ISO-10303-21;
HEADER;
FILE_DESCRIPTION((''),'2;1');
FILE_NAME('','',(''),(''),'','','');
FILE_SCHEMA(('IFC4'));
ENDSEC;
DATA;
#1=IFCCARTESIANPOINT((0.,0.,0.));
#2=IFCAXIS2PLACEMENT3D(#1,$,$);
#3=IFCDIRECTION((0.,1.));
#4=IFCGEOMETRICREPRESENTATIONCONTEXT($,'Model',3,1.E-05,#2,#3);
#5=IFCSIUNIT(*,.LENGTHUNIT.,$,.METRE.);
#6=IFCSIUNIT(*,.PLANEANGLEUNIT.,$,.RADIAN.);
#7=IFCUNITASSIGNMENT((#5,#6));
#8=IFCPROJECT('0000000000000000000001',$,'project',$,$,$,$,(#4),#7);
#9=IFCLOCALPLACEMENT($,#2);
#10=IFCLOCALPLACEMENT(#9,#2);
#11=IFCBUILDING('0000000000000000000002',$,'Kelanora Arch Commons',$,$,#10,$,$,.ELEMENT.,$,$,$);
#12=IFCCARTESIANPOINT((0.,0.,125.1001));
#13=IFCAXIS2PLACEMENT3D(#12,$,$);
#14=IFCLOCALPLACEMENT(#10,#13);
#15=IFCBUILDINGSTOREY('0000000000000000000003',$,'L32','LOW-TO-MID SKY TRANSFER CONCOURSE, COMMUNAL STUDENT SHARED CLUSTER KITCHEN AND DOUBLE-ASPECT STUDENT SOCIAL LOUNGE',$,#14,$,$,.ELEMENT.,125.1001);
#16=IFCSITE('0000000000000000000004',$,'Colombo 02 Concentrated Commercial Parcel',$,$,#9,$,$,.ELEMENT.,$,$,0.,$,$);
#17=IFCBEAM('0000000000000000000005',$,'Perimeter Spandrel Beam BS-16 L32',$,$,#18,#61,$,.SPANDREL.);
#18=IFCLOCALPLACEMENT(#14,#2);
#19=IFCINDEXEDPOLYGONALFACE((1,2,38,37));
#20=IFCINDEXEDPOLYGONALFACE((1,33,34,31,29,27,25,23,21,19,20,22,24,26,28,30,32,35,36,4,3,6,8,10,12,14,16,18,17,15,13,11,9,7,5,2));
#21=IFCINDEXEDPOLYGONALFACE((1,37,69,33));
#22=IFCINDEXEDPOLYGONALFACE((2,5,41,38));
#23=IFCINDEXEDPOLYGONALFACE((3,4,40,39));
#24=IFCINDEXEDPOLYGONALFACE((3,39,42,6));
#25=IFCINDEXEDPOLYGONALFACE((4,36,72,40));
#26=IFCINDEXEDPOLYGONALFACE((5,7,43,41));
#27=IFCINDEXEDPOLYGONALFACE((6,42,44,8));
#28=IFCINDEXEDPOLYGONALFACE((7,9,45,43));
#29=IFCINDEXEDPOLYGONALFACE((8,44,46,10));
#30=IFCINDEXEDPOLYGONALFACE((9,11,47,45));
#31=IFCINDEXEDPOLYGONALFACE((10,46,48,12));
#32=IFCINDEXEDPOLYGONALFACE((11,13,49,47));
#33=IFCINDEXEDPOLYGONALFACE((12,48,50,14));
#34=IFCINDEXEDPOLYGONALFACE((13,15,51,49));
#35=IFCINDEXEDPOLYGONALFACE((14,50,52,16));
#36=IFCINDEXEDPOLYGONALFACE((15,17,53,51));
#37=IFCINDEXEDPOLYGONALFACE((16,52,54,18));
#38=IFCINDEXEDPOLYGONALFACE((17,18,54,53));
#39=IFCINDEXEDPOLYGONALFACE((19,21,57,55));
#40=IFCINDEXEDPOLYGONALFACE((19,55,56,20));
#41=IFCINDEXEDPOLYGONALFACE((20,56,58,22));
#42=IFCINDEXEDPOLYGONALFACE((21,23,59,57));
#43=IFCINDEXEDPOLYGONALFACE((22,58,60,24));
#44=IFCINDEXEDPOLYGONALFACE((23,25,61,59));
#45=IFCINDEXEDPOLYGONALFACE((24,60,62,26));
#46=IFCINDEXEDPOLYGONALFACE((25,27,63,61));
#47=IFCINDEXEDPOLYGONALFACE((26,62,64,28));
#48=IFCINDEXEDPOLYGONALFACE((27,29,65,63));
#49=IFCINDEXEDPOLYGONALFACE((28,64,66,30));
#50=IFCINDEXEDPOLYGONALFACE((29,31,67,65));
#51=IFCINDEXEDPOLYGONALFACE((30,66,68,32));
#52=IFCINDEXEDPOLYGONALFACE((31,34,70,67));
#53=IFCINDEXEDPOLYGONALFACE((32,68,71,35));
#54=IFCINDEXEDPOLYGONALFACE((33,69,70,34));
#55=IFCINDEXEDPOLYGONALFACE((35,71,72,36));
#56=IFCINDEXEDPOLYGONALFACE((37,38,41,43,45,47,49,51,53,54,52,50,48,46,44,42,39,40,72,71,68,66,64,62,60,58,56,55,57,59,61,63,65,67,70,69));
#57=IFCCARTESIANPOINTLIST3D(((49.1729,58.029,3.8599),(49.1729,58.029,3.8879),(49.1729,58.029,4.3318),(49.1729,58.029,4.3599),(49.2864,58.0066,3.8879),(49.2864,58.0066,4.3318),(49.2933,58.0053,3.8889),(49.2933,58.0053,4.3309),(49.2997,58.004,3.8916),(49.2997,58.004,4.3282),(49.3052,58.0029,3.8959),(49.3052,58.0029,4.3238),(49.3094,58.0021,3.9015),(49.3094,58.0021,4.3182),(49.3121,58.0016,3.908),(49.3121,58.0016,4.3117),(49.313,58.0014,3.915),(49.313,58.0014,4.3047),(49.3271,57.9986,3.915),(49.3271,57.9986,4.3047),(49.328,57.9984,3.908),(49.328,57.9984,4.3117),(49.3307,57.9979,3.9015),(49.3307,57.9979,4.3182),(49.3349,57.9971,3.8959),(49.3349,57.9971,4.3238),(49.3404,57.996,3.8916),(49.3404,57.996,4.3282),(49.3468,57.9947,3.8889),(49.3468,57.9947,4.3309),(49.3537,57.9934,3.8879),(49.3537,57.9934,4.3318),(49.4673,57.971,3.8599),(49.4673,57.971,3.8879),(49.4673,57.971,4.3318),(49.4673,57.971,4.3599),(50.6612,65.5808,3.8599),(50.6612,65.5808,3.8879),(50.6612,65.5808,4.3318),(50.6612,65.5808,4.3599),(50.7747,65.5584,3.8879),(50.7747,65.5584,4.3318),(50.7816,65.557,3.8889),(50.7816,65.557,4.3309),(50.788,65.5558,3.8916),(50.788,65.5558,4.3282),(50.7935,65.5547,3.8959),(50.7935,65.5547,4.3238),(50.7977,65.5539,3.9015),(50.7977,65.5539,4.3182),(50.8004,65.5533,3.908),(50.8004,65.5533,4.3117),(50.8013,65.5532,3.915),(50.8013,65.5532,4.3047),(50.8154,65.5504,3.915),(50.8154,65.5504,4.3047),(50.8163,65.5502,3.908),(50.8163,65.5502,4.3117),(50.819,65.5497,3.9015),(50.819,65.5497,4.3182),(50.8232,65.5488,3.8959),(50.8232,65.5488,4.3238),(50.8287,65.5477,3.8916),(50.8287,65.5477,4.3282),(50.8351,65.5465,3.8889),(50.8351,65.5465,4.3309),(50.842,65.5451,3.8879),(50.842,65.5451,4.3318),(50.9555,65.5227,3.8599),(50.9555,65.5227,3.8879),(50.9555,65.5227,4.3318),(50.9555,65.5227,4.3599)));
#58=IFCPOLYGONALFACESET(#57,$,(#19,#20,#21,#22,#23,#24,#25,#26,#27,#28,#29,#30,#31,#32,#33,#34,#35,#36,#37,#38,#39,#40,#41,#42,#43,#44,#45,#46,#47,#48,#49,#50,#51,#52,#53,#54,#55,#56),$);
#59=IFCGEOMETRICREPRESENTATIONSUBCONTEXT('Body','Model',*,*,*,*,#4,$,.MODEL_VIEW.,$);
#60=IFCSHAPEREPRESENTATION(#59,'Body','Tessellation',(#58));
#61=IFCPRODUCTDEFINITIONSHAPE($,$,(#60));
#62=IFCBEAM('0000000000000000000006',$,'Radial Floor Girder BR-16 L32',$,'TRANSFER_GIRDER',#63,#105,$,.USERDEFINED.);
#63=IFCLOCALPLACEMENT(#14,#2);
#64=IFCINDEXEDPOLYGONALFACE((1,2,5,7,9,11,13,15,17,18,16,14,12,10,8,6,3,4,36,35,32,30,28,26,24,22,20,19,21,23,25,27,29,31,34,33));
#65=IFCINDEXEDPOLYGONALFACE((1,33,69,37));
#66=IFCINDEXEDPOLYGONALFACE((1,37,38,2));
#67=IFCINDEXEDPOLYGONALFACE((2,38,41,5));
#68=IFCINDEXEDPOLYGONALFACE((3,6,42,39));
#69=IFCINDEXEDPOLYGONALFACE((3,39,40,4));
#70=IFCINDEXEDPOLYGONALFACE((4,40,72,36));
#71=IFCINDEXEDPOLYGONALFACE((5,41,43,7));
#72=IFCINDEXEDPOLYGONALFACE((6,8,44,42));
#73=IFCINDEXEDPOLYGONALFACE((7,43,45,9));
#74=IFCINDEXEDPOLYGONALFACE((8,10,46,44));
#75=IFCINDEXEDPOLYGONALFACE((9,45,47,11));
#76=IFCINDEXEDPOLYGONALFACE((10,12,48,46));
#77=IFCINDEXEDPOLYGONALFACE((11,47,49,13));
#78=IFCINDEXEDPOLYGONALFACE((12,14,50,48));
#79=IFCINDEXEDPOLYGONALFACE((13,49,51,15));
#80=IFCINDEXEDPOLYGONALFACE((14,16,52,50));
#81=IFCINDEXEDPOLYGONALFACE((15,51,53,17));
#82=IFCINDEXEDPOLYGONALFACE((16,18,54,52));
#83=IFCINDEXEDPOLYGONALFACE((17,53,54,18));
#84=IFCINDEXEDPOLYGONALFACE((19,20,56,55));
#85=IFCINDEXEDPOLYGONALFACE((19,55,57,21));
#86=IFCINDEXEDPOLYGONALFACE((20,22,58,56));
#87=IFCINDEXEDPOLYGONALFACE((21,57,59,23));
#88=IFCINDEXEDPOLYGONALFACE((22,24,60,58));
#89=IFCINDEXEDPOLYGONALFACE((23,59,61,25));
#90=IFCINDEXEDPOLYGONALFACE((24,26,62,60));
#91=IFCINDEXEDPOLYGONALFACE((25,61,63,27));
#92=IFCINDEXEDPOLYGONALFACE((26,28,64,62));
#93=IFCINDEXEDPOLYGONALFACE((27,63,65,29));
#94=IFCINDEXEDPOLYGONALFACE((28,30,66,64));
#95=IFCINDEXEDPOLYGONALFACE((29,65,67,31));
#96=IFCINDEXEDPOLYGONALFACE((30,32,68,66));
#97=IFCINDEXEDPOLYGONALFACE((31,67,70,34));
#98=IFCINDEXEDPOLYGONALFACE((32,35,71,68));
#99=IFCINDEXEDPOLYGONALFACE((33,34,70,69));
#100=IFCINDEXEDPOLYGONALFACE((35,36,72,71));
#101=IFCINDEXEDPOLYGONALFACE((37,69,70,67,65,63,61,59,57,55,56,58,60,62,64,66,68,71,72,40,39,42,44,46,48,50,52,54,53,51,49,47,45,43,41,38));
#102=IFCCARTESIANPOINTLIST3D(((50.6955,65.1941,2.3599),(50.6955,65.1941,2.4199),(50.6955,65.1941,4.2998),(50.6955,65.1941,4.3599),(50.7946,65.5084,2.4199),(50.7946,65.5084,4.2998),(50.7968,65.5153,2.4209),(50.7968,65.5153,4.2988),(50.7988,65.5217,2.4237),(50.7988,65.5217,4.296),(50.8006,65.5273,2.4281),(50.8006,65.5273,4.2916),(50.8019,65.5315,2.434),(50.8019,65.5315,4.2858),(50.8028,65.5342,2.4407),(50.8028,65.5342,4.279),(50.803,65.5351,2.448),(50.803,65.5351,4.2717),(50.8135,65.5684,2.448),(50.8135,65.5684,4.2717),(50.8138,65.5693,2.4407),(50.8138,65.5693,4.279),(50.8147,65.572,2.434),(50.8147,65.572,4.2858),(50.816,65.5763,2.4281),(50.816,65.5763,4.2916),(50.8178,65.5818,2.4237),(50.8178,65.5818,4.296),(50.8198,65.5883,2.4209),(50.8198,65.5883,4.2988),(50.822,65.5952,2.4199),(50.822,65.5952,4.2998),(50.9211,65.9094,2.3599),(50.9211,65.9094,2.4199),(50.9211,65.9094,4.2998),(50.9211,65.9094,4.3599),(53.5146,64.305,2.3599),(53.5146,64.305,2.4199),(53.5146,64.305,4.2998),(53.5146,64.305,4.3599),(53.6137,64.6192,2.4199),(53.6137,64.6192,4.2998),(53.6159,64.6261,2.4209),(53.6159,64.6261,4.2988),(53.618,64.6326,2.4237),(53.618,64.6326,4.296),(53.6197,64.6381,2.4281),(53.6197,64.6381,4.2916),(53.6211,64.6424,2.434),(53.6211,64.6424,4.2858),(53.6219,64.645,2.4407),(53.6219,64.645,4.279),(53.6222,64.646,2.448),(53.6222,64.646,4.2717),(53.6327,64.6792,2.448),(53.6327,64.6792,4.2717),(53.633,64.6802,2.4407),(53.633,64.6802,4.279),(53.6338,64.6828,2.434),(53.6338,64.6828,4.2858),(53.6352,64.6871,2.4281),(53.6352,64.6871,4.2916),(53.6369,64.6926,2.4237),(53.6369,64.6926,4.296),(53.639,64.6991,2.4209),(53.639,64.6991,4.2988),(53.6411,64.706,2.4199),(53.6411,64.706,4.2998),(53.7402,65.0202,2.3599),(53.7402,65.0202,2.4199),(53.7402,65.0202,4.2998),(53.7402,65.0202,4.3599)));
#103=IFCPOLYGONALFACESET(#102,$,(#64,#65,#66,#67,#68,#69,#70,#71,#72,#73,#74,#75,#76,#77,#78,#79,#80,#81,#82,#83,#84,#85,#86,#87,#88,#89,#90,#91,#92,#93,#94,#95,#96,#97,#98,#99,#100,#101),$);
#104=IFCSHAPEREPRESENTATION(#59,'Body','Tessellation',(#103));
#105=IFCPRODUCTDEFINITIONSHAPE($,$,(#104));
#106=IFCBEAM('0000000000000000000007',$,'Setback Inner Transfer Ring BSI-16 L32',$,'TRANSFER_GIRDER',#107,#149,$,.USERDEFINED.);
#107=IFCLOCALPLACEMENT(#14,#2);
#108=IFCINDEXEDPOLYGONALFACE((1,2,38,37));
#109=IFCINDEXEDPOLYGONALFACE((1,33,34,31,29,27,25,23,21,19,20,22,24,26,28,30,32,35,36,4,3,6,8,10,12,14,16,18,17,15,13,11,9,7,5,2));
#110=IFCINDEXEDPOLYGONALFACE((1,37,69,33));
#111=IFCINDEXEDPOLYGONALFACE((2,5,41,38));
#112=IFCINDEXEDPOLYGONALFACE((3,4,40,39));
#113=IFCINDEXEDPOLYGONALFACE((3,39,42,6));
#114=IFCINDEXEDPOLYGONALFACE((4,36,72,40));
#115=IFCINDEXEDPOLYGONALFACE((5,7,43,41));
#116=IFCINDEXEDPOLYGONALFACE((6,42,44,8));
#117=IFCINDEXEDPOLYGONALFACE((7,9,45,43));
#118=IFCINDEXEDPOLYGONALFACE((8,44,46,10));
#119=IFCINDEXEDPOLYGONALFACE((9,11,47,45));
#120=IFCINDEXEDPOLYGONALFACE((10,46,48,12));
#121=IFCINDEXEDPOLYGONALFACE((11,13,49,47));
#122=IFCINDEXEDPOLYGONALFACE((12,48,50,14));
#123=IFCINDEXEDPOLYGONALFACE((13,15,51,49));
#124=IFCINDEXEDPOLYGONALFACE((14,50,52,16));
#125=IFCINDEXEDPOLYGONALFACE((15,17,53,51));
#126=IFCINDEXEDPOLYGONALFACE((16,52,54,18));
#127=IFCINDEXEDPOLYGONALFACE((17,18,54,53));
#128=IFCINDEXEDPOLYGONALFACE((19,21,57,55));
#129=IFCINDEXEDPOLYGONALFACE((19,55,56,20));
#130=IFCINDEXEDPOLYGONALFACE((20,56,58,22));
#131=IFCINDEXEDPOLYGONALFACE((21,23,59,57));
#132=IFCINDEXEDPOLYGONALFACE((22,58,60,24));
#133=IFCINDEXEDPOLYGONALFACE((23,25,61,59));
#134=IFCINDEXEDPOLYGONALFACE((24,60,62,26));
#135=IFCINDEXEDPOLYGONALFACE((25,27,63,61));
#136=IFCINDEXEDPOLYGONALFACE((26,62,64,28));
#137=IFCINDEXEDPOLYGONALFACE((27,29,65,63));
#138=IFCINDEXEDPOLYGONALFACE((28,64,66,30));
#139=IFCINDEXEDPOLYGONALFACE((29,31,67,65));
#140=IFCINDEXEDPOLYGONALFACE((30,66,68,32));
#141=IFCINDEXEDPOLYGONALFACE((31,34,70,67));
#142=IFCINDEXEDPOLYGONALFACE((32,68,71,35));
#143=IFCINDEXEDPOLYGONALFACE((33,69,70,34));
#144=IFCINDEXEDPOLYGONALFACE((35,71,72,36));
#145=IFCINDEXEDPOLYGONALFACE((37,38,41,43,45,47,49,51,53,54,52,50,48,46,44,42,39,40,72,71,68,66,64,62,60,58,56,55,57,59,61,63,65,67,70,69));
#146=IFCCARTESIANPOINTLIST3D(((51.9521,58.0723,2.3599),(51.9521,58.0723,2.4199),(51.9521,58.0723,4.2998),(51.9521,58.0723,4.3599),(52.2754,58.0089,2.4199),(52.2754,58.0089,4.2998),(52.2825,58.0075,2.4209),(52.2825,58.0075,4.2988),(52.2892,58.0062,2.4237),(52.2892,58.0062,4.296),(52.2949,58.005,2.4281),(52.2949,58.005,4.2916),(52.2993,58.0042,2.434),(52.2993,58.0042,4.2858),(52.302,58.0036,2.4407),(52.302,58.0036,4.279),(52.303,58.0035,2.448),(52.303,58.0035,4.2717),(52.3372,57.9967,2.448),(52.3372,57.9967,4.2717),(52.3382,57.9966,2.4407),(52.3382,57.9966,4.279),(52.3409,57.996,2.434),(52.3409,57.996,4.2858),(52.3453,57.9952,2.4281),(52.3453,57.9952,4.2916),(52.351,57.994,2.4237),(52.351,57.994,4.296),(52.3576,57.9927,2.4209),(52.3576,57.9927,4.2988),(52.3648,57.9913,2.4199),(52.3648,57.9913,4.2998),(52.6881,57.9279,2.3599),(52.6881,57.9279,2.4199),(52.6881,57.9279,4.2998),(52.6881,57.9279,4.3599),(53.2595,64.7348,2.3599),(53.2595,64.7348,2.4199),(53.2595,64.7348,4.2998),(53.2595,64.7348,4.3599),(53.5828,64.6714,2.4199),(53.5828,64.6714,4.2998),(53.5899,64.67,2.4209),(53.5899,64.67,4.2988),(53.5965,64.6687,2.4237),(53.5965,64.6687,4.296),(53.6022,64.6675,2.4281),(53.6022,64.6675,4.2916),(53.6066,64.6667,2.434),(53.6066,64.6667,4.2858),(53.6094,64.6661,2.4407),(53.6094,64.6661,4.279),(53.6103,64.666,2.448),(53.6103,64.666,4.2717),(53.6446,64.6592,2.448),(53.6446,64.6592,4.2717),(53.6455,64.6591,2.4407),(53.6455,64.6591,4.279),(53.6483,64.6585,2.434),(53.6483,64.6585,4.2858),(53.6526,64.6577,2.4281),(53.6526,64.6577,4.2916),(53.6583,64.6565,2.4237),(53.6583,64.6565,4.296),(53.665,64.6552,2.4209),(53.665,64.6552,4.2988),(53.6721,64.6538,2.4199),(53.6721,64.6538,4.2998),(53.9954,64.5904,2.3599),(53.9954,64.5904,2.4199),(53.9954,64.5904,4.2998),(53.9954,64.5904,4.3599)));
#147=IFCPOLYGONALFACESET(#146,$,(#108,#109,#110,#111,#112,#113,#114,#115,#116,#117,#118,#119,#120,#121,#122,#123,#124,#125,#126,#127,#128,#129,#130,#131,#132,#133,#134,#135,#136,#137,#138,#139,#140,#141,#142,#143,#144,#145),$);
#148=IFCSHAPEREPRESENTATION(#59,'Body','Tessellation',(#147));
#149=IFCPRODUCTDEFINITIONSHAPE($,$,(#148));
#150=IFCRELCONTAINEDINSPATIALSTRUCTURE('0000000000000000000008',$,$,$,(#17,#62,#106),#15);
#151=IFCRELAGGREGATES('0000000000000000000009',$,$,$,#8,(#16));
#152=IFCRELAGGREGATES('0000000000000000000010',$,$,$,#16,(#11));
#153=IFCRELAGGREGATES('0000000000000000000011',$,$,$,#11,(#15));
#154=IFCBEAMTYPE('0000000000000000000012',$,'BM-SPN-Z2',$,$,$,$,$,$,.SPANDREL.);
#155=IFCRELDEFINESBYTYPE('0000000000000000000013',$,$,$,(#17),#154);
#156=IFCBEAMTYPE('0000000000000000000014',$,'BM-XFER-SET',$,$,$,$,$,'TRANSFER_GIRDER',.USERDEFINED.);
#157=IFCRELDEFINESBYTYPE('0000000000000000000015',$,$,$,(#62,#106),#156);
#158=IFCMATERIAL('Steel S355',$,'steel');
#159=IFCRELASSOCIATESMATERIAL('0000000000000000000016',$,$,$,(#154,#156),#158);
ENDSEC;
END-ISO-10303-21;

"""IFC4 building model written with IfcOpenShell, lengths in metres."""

from ifc_helpers import new_model, si_unit, direction, frame, origin, origin_2d, place, context, subcontext, project, spatial, i_section, extrude, material, material_profile, profile_set, type_object, element, save


model = new_model("IFC4")

# Units and contexts
model_context = context("Model", 3, precision=1e-05, world=origin(), true_north=direction((0.0, 1.0)))
body_context = subcontext(model_context, "Body", "Model", "MODEL_VIEW")
ifc_project = project(units=[si_unit("LENGTHUNIT", "METRE"), si_unit("PLANEANGLEUNIT", "RADIAN")], contexts=[model_context])

# Site, building, storey
site_placement = place(None, origin())
site = spatial("IfcSite", under=ifc_project, at=site_placement, Name="Colombo 02 Concentrated Commercial Parcel", CompositionType="ELEMENT", RefElevation=0.0)
building_placement = place(site_placement, origin())
building = spatial("IfcBuilding", under=site, at=building_placement, Name="Kelanora Arch Commons", CompositionType="ELEMENT")
storey_placement = place(building_placement, frame((0.0, 0.0, 125.1001)))
storey = spatial("IfcBuildingStorey", under=building, at=storey_placement, Name="L32", Description="LOW-TO-MID SKY TRANSFER CONCOURSE, COMMUNAL STUDENT SHARED CLUSTER KITCHEN AND DOUBLE-ASPECT STUDENT SOCIAL LOUNGE", CompositionType="ELEMENT", Elevation=125.1001)

# Beams
ifc_material_1 = material(Name="Steel S355", Category="steel")
ifc_material_profile_1 = material_profile(ifc_material_1, i_section(OverallWidth=0.3, OverallDepth=0.5, WebThickness=0.0144, FlangeThickness=0.0281, FilletRadius=0.0271, at=origin_2d()), Name="HEB500")
ifc_profile_set_1 = profile_set([ifc_material_profile_1], Name="Steel S355")
beam_type_1 = type_object("IfcBeamType", Name="BM-SPN-Z2", PredefinedType="SPANDREL", material=ifc_profile_set_1)
beam_1_placement = place(storey_placement, frame((50.8083, 65.5518, 4.1099), z_axis=(-0.193358, -0.981128, 0.0), x_axis=(0.981128, -0.193358, 0.0)))
element("IfcBeam", 1, at=beam_1_placement, inside=storey, type_object=beam_type_1, Name="Perimeter Spandrel Beam BS-16 L32", PredefinedType="SPANDREL", context=body_context, shape_type="SweptSolid", body=[
    extrude(i_section(OverallWidth=0.3, OverallDepth=0.5, WebThickness=0.0144, FlangeThickness=0.0281, FilletRadius=0.0271, at=origin_2d()), origin(), (0.0, 0.0, 1.0), 7.697),
])
ifc_material_profile_2 = material_profile(ifc_material_1, i_section(OverallWidth=0.75, OverallDepth=2.0, WebThickness=0.0349, FlangeThickness=0.0601, FilletRadius=0.0281, at=origin_2d()), Name="PG2000x750")
ifc_profile_set_2 = profile_set([ifc_material_profile_2], Name="Steel S355")
beam_type_2 = type_object("IfcBeamType", Name="BM-XFER-SET", ElementType="TRANSFER_GIRDER", PredefinedType="USERDEFINED", material=ifc_profile_set_2)
beam_2_placement = place(storey_placement, frame((53.6274, 64.6626, 3.3599), z_axis=(-0.953687, 0.300799, 0.0), x_axis=(-0.300799, -0.953687, 0.0)))
element("IfcBeam", 2, at=beam_2_placement, inside=storey, type_object=beam_type_2, Name="Radial Floor Girder BR-16 L32", ObjectType="TRANSFER_GIRDER", PredefinedType="USERDEFINED", context=body_context, shape_type="SweptSolid", body=[
    extrude(i_section(OverallWidth=0.75, OverallDepth=2.0, WebThickness=0.0349, FlangeThickness=0.0601, FilletRadius=0.0281, at=origin_2d()), origin(), (0.0, 0.0, 1.0), 2.9561),
])
beam_3_placement = place(storey_placement, frame((53.6274, 64.6626, 3.3599), z_axis=(-0.192554, -0.981286, 0.0), x_axis=(0.981286, -0.192554, 0.0)))
element("IfcBeam", 3, at=beam_3_placement, inside=storey, type_object=beam_type_2, Name="Setback Inner Transfer Ring BSI-16 L32", ObjectType="TRANSFER_GIRDER", PredefinedType="USERDEFINED", context=body_context, shape_type="SweptSolid", body=[
    extrude(i_section(OverallWidth=0.75, OverallDepth=2.0, WebThickness=0.0349, FlangeThickness=0.0601, FilletRadius=0.0281, at=origin_2d()), origin(), (0.0, 0.0, 1.0), 6.7896),
])

save(model, "model.ifc")
